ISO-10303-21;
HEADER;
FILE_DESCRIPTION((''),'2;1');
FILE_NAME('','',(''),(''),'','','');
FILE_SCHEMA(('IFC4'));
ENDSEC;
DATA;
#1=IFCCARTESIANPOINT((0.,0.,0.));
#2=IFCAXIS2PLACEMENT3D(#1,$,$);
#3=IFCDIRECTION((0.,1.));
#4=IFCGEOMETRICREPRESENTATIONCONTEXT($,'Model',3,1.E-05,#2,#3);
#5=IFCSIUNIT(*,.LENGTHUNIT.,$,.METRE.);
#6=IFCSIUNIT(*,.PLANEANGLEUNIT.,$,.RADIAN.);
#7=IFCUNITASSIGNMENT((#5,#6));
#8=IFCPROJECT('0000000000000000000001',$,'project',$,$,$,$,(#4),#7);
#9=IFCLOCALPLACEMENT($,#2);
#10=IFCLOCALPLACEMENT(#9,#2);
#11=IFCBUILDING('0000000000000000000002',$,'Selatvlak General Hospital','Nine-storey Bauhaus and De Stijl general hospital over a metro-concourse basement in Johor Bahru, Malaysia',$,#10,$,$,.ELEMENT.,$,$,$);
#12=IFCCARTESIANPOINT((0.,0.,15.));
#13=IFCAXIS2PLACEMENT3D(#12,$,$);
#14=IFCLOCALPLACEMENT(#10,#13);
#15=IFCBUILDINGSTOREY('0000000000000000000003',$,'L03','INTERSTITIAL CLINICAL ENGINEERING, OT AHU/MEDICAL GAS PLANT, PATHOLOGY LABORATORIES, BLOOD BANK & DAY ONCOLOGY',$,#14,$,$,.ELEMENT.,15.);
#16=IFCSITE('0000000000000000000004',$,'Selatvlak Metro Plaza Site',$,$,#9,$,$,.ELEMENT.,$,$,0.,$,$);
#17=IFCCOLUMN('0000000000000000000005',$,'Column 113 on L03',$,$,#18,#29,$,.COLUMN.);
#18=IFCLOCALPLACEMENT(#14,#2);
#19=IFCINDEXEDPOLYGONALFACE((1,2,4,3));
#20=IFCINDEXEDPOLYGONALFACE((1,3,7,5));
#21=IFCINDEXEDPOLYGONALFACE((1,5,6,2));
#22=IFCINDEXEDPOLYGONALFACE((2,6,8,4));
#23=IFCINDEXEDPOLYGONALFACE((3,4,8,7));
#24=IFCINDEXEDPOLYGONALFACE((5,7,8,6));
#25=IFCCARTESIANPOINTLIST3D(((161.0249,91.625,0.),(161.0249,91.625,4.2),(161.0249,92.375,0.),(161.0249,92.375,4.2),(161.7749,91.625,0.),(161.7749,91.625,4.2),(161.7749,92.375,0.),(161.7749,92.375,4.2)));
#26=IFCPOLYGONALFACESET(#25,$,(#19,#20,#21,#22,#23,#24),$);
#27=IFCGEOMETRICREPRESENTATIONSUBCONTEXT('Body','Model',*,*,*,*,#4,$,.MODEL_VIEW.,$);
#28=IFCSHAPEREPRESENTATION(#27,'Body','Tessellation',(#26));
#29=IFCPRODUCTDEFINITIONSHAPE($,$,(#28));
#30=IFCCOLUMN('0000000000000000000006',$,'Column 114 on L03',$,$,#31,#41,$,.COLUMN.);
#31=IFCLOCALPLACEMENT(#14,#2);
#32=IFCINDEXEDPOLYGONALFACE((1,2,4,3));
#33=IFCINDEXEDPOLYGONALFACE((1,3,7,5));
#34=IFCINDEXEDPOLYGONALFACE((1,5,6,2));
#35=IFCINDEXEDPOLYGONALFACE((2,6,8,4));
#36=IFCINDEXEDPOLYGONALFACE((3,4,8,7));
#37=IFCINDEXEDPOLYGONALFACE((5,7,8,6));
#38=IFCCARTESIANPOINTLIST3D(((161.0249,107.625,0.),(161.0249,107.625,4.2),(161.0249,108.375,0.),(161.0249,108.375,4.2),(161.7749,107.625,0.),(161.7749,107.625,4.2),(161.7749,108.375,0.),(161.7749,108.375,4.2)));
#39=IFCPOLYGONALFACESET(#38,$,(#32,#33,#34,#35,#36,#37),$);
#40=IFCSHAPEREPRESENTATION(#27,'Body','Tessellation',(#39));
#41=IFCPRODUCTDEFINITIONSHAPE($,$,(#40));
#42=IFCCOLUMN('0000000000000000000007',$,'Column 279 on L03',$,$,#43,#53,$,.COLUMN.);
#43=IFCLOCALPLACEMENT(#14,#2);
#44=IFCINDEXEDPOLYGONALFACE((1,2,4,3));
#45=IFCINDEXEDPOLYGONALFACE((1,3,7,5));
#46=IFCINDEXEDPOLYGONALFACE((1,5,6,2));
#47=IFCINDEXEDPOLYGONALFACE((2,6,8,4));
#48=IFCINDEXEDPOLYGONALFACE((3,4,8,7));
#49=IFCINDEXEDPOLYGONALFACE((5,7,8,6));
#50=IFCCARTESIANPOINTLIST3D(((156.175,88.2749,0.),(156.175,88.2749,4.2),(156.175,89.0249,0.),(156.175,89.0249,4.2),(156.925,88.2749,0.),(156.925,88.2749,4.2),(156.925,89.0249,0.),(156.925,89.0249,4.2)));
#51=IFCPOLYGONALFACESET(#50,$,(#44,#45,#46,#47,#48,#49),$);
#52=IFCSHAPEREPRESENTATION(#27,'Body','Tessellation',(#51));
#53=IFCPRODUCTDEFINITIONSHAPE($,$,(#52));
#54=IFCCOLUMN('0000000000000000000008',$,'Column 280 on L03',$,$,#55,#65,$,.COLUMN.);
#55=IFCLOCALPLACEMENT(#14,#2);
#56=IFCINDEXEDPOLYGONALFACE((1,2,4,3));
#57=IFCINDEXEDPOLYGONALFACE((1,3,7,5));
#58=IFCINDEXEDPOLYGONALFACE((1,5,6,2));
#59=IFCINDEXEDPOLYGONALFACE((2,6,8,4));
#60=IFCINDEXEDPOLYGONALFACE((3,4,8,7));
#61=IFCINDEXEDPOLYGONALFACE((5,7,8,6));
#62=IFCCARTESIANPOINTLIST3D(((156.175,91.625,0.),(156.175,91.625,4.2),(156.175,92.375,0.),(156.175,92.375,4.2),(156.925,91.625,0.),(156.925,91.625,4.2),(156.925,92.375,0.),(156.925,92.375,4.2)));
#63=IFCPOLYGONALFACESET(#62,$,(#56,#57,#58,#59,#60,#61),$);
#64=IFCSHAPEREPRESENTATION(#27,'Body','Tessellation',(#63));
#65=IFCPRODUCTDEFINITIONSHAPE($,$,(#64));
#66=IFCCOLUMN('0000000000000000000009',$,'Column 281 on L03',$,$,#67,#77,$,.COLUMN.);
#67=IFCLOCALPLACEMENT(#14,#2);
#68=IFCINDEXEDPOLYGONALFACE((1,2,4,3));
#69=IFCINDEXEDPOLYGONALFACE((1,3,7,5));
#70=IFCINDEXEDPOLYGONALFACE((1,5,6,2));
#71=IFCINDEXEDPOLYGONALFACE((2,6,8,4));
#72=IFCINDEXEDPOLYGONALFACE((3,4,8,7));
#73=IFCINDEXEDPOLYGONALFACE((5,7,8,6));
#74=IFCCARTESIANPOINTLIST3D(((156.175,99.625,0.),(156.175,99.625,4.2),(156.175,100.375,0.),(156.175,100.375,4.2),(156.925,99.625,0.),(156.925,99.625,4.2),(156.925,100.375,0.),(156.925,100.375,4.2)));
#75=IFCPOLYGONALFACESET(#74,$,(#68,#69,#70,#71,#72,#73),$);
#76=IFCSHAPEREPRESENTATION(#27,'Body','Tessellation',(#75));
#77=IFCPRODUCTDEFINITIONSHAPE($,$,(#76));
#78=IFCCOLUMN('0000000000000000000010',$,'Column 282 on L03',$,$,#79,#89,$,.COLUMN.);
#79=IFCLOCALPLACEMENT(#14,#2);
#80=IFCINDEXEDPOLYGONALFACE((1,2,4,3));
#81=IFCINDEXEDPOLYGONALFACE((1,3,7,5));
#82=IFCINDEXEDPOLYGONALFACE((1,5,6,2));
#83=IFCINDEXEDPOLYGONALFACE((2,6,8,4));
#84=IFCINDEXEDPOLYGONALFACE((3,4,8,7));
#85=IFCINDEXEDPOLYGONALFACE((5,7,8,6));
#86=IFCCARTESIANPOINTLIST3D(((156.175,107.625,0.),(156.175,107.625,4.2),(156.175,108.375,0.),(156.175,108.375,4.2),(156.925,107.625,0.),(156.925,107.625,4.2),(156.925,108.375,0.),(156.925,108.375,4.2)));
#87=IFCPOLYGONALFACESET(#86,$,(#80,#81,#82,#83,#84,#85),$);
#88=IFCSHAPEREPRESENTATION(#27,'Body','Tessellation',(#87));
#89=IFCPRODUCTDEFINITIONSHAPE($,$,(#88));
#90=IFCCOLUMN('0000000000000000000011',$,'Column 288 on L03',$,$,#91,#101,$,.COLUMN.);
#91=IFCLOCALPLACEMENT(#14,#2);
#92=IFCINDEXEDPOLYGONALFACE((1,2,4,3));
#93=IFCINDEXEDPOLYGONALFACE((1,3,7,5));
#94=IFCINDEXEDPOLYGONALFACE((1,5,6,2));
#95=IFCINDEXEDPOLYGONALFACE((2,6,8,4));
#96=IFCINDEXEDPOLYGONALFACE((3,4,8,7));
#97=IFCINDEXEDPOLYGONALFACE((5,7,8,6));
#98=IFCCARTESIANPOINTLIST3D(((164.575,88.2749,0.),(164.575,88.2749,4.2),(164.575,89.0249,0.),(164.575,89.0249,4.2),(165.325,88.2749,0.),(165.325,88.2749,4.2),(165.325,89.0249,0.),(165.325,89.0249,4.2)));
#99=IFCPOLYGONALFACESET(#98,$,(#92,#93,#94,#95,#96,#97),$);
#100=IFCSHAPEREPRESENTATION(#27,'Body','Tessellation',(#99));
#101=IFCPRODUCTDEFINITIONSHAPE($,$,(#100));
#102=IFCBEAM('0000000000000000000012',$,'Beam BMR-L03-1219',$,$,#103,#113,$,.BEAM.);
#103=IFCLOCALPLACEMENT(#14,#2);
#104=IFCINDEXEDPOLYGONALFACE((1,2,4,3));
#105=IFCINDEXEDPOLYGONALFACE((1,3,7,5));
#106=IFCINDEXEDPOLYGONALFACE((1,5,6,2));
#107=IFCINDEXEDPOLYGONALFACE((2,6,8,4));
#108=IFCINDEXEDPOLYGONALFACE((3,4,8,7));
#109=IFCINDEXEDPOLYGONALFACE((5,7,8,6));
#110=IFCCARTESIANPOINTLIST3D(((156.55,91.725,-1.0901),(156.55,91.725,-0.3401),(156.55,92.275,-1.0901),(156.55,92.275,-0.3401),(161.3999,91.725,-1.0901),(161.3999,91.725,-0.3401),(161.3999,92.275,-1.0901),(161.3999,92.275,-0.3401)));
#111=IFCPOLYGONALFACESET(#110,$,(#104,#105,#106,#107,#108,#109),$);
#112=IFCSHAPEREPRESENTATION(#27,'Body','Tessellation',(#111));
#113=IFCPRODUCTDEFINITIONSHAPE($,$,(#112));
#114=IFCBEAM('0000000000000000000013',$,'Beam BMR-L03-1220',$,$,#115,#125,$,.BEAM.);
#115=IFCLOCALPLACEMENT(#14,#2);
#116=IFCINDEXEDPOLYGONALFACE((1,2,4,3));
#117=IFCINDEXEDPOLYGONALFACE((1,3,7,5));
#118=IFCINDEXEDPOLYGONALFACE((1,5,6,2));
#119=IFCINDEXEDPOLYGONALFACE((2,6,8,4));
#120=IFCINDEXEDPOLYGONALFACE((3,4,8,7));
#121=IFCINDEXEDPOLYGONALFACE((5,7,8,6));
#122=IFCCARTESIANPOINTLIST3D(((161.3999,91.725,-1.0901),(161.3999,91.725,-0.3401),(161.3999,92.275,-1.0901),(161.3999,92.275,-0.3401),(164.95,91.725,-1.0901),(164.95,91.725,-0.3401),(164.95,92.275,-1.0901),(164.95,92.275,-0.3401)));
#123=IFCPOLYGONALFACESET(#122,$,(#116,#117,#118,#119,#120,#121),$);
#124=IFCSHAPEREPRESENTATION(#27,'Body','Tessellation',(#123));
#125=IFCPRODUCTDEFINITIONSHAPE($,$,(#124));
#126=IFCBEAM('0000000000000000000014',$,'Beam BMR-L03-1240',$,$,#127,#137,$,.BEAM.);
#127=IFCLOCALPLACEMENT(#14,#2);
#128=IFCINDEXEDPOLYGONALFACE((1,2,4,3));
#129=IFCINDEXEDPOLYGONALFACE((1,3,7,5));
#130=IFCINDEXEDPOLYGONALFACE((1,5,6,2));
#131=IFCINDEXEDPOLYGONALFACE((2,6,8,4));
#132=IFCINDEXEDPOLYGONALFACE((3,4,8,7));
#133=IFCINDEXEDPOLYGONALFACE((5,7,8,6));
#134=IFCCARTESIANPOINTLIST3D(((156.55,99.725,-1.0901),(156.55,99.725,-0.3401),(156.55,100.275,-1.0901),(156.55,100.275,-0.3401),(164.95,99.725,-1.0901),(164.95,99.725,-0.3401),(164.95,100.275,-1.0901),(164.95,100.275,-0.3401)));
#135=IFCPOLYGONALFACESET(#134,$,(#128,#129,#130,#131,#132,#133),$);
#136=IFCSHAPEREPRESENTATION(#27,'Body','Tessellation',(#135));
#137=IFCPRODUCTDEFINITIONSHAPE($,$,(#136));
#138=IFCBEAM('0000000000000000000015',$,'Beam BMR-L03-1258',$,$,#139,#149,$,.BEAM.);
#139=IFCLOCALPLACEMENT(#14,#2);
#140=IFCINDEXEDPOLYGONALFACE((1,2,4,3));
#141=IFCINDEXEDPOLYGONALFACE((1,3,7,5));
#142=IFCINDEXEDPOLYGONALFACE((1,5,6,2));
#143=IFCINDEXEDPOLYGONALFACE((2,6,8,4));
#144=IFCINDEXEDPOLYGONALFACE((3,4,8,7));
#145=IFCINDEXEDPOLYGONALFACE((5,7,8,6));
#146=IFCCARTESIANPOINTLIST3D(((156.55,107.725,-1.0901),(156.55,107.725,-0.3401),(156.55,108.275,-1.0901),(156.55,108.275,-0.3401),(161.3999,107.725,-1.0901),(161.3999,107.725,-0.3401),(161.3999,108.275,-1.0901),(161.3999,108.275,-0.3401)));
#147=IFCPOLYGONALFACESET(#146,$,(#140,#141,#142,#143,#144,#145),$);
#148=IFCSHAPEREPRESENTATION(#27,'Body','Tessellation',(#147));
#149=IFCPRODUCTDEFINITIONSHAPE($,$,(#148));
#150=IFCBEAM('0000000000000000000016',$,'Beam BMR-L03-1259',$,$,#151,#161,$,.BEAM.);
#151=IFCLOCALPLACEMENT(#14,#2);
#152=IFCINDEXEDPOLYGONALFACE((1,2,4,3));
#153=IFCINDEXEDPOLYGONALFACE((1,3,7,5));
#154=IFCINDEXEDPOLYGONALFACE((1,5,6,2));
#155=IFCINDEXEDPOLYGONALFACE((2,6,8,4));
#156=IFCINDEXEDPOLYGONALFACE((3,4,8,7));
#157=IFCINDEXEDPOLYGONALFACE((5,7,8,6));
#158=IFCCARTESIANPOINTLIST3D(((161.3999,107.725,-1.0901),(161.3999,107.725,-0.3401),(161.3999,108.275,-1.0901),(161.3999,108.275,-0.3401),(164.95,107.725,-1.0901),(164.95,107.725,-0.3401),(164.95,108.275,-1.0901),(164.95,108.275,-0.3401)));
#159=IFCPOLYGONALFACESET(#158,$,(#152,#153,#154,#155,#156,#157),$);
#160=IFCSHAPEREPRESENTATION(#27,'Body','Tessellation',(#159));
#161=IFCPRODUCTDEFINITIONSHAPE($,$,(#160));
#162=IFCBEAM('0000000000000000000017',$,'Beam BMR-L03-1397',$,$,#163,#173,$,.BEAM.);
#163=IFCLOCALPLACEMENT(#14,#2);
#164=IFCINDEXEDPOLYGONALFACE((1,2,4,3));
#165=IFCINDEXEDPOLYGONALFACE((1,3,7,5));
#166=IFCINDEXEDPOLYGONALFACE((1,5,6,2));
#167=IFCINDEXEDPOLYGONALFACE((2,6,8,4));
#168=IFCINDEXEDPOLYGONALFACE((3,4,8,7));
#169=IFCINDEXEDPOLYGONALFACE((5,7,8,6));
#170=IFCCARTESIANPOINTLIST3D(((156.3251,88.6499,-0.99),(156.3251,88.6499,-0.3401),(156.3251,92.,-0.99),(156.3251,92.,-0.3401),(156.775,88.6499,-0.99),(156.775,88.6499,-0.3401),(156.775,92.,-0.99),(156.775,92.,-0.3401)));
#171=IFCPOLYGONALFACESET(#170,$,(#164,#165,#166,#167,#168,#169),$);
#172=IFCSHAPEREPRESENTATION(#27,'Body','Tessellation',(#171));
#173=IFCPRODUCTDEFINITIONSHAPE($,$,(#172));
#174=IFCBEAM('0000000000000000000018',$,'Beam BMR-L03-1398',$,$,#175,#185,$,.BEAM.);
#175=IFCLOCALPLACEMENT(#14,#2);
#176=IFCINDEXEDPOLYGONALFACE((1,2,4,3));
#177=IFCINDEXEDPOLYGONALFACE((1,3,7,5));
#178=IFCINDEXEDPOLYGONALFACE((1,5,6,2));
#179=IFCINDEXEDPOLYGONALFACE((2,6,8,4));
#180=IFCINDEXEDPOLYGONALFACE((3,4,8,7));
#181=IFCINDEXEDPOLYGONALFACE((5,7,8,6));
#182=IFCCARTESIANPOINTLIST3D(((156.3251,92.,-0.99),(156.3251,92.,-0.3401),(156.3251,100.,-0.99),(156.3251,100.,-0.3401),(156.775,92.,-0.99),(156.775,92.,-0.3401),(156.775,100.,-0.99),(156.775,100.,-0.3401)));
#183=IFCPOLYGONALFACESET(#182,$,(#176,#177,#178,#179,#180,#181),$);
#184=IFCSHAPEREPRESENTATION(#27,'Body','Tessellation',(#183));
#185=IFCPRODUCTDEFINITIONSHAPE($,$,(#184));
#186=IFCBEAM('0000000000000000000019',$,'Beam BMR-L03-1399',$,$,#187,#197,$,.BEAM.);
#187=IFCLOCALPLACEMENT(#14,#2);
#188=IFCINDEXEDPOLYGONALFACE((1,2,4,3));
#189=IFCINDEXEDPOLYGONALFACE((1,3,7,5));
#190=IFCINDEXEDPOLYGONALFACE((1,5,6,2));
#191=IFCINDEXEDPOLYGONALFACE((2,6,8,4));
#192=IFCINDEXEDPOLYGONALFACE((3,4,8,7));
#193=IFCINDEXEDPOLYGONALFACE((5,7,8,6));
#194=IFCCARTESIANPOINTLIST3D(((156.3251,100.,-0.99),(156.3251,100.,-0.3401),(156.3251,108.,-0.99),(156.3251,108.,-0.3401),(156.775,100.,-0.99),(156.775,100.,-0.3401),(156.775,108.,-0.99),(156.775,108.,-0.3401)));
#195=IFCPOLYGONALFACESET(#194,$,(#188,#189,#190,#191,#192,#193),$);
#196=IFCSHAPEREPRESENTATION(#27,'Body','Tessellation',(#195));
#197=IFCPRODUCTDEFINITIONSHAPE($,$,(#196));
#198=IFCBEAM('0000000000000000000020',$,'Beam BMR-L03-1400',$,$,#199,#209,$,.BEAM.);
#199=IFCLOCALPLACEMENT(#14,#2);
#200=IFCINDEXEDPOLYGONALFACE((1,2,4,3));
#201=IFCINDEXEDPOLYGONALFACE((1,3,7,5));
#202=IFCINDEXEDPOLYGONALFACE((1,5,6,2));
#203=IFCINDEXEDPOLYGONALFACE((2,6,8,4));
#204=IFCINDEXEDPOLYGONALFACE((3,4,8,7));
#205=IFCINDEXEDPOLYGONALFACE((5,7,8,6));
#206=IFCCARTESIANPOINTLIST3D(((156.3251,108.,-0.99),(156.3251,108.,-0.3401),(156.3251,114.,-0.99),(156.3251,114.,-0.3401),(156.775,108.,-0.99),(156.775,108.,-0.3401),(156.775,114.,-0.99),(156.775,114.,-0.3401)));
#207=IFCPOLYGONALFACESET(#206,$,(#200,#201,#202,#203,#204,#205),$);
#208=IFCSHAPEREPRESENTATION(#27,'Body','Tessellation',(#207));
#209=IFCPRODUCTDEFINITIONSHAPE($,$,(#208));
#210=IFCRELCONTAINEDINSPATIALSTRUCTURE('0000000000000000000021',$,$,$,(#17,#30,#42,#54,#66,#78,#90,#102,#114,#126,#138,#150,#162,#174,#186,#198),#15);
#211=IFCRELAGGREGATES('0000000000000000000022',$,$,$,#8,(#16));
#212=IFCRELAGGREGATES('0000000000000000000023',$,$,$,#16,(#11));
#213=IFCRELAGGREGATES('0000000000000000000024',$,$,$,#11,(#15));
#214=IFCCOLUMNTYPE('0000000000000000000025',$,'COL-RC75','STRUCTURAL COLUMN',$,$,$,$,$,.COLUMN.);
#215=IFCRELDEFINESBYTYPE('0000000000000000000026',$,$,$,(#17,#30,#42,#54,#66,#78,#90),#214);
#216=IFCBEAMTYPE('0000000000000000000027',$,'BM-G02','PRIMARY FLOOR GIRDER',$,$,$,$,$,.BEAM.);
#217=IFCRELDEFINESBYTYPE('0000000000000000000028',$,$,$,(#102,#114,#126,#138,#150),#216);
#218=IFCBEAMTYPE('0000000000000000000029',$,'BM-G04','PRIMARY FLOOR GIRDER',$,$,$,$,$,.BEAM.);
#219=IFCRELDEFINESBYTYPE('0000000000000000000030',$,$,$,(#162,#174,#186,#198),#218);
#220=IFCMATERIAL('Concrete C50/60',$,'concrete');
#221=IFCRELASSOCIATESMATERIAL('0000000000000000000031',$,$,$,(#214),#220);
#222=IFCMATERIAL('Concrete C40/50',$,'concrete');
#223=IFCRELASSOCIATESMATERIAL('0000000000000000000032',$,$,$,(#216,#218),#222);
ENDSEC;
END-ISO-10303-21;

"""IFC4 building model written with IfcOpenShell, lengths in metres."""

from ifc_helpers import new_model, si_unit, direction, frame, origin, origin_2d, place, context, subcontext, project, spatial, rectangle, extrude, material, material_profile, profile_set, type_object, element, save


model = new_model("IFC4")

# Units and contexts
model_context = context("Model", 3, precision=1e-05, world=origin(), true_north=direction((0.0, 1.0)))
body_context = subcontext(model_context, "Body", "Model", "MODEL_VIEW")
ifc_project = project(units=[si_unit("LENGTHUNIT", "METRE"), si_unit("PLANEANGLEUNIT", "RADIAN")], contexts=[model_context])

# Site, building, storey
site_placement = place(None, origin())
site = spatial("IfcSite", under=ifc_project, at=site_placement, Name="Selatvlak Metro Plaza Site", CompositionType="ELEMENT", RefElevation=0.0)
building_placement = place(site_placement, origin())
building = spatial("IfcBuilding", under=site, at=building_placement, Name="Selatvlak General Hospital", Description="Nine-storey Bauhaus and De Stijl general hospital over a metro-concourse basement in Johor Bahru, Malaysia", CompositionType="ELEMENT")
storey_placement = place(building_placement, frame((0.0, 0.0, 15.0)))
storey = spatial("IfcBuildingStorey", under=building, at=storey_placement, Name="L03", Description="INTERSTITIAL CLINICAL ENGINEERING, OT AHU/MEDICAL GAS PLANT, PATHOLOGY LABORATORIES, BLOOD BANK & DAY ONCOLOGY", CompositionType="ELEMENT", Elevation=15.0)

# Columns
ifc_material_1 = material(Name="Concrete C50/60", Category="concrete")
ifc_material_profile_1 = material_profile(ifc_material_1, rectangle(XDim=0.75, YDim=0.75, at=origin_2d()), Name="RC-COL 750x750")
ifc_profile_set_1 = profile_set([ifc_material_profile_1], Name="Concrete C50/60")
column_type = type_object("IfcColumnType", Name="COL-RC75", Description="STRUCTURAL COLUMN", PredefinedType="COLUMN", material=ifc_profile_set_1)
for number, where, z_axis, x_axis, name in (
    (1, (161.3999, 92.0, 0.0), (0.0, 0.0, 1.0), (1.0, 0.0, 0.0), "Column 113 on L03"),
    (2, (161.3999, 108.0, 0.0), (0.0, 0.0, 1.0), (1.0, 0.0, 0.0), "Column 114 on L03"),
    (3, (156.55, 88.6499, 0.0), (0.0, 0.0, 1.0), (1.0, 0.0, 0.0), "Column 279 on L03"),
    (4, (156.55, 92.0, 0.0), (0.0, 0.0, 1.0), (1.0, 0.0, 0.0), "Column 280 on L03"),
    (5, (156.55, 100.0, 0.0), (0.0, 0.0, 1.0), (1.0, 0.0, 0.0), "Column 281 on L03"),
    (6, (156.55, 108.0, 0.0), (0.0, 0.0, 1.0), (1.0, 0.0, 0.0), "Column 282 on L03"),
    (7, (164.95, 88.6499, 0.0), (0.0, 0.0, 1.0), (1.0, 0.0, 0.0), "Column 288 on L03"),
):
    element("IfcColumn", number, at=place(storey_placement, frame(where, z_axis=z_axis, x_axis=x_axis)), inside=storey, type_object=column_type, Name=name, PredefinedType="COLUMN", context=body_context, shape_type="SweptSolid", body=[
        extrude(rectangle(XDim=0.75, YDim=0.75, at=origin_2d()), origin(), (0.0, 0.0, 1.0), 4.2),
    ])

# Beams
ifc_material_2 = material(Name="Concrete C40/50", Category="concrete")
ifc_material_profile_2 = material_profile(ifc_material_2, rectangle(XDim=0.55, YDim=0.75, at=origin_2d()), Name="RC-BM 550x750")
ifc_profile_set_2 = profile_set([ifc_material_profile_2], Name="Concrete C40/50")
beam_type_1 = type_object("IfcBeamType", Name="BM-G02", Description="PRIMARY FLOOR GIRDER", PredefinedType="BEAM", material=ifc_profile_set_2)
beam_1_placement = place(storey_placement, frame((156.55, 92.0, -0.7151), z_axis=(1.0, 0.0, 0.0), x_axis=(0.0, 1.0, 0.0)))
element("IfcBeam", 8, at=beam_1_placement, inside=storey, type_object=beam_type_1, Name="Beam BMR-L03-1219", PredefinedType="BEAM", context=body_context, shape_type="SweptSolid", body=[
    extrude(rectangle(XDim=0.55, YDim=0.75, at=origin_2d()), origin(), (0.0, 0.0, 1.0), 4.8499),
])
beam_2_placement = place(storey_placement, frame((161.3999, 92.0, -0.7151), z_axis=(1.0, 0.0, 0.0), x_axis=(0.0, 1.0, 0.0)))
element("IfcBeam", 9, at=beam_2_placement, inside=storey, type_object=beam_type_1, Name="Beam BMR-L03-1220", PredefinedType="BEAM", context=body_context, shape_type="SweptSolid", body=[
    extrude(rectangle(XDim=0.55, YDim=0.75, at=origin_2d()), origin(), (0.0, 0.0, 1.0), 3.55),
])
beam_3_placement = place(storey_placement, frame((156.55, 100.0, -0.7151), z_axis=(1.0, 0.0, 0.0), x_axis=(0.0, 1.0, 0.0)))
element("IfcBeam", 10, at=beam_3_placement, inside=storey, type_object=beam_type_1, Name="Beam BMR-L03-1240", PredefinedType="BEAM", context=body_context, shape_type="SweptSolid", body=[
    extrude(rectangle(XDim=0.55, YDim=0.75, at=origin_2d()), origin(), (0.0, 0.0, 1.0), 8.3999),
])
beam_4_placement = place(storey_placement, frame((156.55, 108.0, -0.7151), z_axis=(1.0, 0.0, 0.0), x_axis=(0.0, 1.0, 0.0)))
element("IfcBeam", 11, at=beam_4_placement, inside=storey, type_object=beam_type_1, Name="Beam BMR-L03-1258", PredefinedType="BEAM", context=body_context, shape_type="SweptSolid", body=[
    extrude(rectangle(XDim=0.55, YDim=0.75, at=origin_2d()), origin(), (0.0, 0.0, 1.0), 4.8499),
])
beam_5_placement = place(storey_placement, frame((161.3999, 108.0, -0.7151), z_axis=(1.0, 0.0, 0.0), x_axis=(0.0, 1.0, 0.0)))
element("IfcBeam", 12, at=beam_5_placement, inside=storey, type_object=beam_type_1, Name="Beam BMR-L03-1259", PredefinedType="BEAM", context=body_context, shape_type="SweptSolid", body=[
    extrude(rectangle(XDim=0.55, YDim=0.75, at=origin_2d()), origin(), (0.0, 0.0, 1.0), 3.55),
])
ifc_material_profile_3 = material_profile(ifc_material_2, rectangle(XDim=0.45, YDim=0.6499, at=origin_2d()), Name="RC-BM 450x650")
ifc_profile_set_3 = profile_set([ifc_material_profile_3], Name="Concrete C40/50")
beam_type_2 = type_object("IfcBeamType", Name="BM-G04", Description="PRIMARY FLOOR GIRDER", PredefinedType="BEAM", material=ifc_profile_set_3)
beam_6_placement = place(storey_placement, frame((156.55, 88.6499, -0.665), z_axis=(0.0, 1.0, 0.0), x_axis=(-1.0, 0.0, 0.0)))
element("IfcBeam", 13, at=beam_6_placement, inside=storey, type_object=beam_type_2, Name="Beam BMR-L03-1397", PredefinedType="BEAM", context=body_context, shape_type="SweptSolid", body=[
    extrude(rectangle(XDim=0.45, YDim=0.6499, at=origin_2d()), origin(), (0.0, 0.0, 1.0), 3.3501),
])
for number, where, z_axis, x_axis, name in (
    (14, (156.55, 92.0, -0.665), (0.0, 1.0, 0.0), (-1.0, 0.0, 0.0), "Beam BMR-L03-1398"),
    (15, (156.55, 100.0, -0.665), (0.0, 1.0, 0.0), (-1.0, 0.0, 0.0), "Beam BMR-L03-1399"),
):
    element("IfcBeam", number, at=place(storey_placement, frame(where, z_axis=z_axis, x_axis=x_axis)), inside=storey, type_object=beam_type_2, Name=name, PredefinedType="BEAM", context=body_context, shape_type="SweptSolid", body=[
        extrude(rectangle(XDim=0.45, YDim=0.6499, at=origin_2d()), origin(), (0.0, 0.0, 1.0), 8.0),
    ])
beam_7_placement = place(storey_placement, frame((156.55, 108.0, -0.665), z_axis=(0.0, 1.0, 0.0), x_axis=(-1.0, 0.0, 0.0)))
element("IfcBeam", 16, at=beam_7_placement, inside=storey, type_object=beam_type_2, Name="Beam BMR-L03-1400", PredefinedType="BEAM", context=body_context, shape_type="SweptSolid", body=[
    extrude(rectangle(XDim=0.45, YDim=0.6499, at=origin_2d()), origin(), (0.0, 0.0, 1.0), 6.0),
])

save(model, "model.ifc")
